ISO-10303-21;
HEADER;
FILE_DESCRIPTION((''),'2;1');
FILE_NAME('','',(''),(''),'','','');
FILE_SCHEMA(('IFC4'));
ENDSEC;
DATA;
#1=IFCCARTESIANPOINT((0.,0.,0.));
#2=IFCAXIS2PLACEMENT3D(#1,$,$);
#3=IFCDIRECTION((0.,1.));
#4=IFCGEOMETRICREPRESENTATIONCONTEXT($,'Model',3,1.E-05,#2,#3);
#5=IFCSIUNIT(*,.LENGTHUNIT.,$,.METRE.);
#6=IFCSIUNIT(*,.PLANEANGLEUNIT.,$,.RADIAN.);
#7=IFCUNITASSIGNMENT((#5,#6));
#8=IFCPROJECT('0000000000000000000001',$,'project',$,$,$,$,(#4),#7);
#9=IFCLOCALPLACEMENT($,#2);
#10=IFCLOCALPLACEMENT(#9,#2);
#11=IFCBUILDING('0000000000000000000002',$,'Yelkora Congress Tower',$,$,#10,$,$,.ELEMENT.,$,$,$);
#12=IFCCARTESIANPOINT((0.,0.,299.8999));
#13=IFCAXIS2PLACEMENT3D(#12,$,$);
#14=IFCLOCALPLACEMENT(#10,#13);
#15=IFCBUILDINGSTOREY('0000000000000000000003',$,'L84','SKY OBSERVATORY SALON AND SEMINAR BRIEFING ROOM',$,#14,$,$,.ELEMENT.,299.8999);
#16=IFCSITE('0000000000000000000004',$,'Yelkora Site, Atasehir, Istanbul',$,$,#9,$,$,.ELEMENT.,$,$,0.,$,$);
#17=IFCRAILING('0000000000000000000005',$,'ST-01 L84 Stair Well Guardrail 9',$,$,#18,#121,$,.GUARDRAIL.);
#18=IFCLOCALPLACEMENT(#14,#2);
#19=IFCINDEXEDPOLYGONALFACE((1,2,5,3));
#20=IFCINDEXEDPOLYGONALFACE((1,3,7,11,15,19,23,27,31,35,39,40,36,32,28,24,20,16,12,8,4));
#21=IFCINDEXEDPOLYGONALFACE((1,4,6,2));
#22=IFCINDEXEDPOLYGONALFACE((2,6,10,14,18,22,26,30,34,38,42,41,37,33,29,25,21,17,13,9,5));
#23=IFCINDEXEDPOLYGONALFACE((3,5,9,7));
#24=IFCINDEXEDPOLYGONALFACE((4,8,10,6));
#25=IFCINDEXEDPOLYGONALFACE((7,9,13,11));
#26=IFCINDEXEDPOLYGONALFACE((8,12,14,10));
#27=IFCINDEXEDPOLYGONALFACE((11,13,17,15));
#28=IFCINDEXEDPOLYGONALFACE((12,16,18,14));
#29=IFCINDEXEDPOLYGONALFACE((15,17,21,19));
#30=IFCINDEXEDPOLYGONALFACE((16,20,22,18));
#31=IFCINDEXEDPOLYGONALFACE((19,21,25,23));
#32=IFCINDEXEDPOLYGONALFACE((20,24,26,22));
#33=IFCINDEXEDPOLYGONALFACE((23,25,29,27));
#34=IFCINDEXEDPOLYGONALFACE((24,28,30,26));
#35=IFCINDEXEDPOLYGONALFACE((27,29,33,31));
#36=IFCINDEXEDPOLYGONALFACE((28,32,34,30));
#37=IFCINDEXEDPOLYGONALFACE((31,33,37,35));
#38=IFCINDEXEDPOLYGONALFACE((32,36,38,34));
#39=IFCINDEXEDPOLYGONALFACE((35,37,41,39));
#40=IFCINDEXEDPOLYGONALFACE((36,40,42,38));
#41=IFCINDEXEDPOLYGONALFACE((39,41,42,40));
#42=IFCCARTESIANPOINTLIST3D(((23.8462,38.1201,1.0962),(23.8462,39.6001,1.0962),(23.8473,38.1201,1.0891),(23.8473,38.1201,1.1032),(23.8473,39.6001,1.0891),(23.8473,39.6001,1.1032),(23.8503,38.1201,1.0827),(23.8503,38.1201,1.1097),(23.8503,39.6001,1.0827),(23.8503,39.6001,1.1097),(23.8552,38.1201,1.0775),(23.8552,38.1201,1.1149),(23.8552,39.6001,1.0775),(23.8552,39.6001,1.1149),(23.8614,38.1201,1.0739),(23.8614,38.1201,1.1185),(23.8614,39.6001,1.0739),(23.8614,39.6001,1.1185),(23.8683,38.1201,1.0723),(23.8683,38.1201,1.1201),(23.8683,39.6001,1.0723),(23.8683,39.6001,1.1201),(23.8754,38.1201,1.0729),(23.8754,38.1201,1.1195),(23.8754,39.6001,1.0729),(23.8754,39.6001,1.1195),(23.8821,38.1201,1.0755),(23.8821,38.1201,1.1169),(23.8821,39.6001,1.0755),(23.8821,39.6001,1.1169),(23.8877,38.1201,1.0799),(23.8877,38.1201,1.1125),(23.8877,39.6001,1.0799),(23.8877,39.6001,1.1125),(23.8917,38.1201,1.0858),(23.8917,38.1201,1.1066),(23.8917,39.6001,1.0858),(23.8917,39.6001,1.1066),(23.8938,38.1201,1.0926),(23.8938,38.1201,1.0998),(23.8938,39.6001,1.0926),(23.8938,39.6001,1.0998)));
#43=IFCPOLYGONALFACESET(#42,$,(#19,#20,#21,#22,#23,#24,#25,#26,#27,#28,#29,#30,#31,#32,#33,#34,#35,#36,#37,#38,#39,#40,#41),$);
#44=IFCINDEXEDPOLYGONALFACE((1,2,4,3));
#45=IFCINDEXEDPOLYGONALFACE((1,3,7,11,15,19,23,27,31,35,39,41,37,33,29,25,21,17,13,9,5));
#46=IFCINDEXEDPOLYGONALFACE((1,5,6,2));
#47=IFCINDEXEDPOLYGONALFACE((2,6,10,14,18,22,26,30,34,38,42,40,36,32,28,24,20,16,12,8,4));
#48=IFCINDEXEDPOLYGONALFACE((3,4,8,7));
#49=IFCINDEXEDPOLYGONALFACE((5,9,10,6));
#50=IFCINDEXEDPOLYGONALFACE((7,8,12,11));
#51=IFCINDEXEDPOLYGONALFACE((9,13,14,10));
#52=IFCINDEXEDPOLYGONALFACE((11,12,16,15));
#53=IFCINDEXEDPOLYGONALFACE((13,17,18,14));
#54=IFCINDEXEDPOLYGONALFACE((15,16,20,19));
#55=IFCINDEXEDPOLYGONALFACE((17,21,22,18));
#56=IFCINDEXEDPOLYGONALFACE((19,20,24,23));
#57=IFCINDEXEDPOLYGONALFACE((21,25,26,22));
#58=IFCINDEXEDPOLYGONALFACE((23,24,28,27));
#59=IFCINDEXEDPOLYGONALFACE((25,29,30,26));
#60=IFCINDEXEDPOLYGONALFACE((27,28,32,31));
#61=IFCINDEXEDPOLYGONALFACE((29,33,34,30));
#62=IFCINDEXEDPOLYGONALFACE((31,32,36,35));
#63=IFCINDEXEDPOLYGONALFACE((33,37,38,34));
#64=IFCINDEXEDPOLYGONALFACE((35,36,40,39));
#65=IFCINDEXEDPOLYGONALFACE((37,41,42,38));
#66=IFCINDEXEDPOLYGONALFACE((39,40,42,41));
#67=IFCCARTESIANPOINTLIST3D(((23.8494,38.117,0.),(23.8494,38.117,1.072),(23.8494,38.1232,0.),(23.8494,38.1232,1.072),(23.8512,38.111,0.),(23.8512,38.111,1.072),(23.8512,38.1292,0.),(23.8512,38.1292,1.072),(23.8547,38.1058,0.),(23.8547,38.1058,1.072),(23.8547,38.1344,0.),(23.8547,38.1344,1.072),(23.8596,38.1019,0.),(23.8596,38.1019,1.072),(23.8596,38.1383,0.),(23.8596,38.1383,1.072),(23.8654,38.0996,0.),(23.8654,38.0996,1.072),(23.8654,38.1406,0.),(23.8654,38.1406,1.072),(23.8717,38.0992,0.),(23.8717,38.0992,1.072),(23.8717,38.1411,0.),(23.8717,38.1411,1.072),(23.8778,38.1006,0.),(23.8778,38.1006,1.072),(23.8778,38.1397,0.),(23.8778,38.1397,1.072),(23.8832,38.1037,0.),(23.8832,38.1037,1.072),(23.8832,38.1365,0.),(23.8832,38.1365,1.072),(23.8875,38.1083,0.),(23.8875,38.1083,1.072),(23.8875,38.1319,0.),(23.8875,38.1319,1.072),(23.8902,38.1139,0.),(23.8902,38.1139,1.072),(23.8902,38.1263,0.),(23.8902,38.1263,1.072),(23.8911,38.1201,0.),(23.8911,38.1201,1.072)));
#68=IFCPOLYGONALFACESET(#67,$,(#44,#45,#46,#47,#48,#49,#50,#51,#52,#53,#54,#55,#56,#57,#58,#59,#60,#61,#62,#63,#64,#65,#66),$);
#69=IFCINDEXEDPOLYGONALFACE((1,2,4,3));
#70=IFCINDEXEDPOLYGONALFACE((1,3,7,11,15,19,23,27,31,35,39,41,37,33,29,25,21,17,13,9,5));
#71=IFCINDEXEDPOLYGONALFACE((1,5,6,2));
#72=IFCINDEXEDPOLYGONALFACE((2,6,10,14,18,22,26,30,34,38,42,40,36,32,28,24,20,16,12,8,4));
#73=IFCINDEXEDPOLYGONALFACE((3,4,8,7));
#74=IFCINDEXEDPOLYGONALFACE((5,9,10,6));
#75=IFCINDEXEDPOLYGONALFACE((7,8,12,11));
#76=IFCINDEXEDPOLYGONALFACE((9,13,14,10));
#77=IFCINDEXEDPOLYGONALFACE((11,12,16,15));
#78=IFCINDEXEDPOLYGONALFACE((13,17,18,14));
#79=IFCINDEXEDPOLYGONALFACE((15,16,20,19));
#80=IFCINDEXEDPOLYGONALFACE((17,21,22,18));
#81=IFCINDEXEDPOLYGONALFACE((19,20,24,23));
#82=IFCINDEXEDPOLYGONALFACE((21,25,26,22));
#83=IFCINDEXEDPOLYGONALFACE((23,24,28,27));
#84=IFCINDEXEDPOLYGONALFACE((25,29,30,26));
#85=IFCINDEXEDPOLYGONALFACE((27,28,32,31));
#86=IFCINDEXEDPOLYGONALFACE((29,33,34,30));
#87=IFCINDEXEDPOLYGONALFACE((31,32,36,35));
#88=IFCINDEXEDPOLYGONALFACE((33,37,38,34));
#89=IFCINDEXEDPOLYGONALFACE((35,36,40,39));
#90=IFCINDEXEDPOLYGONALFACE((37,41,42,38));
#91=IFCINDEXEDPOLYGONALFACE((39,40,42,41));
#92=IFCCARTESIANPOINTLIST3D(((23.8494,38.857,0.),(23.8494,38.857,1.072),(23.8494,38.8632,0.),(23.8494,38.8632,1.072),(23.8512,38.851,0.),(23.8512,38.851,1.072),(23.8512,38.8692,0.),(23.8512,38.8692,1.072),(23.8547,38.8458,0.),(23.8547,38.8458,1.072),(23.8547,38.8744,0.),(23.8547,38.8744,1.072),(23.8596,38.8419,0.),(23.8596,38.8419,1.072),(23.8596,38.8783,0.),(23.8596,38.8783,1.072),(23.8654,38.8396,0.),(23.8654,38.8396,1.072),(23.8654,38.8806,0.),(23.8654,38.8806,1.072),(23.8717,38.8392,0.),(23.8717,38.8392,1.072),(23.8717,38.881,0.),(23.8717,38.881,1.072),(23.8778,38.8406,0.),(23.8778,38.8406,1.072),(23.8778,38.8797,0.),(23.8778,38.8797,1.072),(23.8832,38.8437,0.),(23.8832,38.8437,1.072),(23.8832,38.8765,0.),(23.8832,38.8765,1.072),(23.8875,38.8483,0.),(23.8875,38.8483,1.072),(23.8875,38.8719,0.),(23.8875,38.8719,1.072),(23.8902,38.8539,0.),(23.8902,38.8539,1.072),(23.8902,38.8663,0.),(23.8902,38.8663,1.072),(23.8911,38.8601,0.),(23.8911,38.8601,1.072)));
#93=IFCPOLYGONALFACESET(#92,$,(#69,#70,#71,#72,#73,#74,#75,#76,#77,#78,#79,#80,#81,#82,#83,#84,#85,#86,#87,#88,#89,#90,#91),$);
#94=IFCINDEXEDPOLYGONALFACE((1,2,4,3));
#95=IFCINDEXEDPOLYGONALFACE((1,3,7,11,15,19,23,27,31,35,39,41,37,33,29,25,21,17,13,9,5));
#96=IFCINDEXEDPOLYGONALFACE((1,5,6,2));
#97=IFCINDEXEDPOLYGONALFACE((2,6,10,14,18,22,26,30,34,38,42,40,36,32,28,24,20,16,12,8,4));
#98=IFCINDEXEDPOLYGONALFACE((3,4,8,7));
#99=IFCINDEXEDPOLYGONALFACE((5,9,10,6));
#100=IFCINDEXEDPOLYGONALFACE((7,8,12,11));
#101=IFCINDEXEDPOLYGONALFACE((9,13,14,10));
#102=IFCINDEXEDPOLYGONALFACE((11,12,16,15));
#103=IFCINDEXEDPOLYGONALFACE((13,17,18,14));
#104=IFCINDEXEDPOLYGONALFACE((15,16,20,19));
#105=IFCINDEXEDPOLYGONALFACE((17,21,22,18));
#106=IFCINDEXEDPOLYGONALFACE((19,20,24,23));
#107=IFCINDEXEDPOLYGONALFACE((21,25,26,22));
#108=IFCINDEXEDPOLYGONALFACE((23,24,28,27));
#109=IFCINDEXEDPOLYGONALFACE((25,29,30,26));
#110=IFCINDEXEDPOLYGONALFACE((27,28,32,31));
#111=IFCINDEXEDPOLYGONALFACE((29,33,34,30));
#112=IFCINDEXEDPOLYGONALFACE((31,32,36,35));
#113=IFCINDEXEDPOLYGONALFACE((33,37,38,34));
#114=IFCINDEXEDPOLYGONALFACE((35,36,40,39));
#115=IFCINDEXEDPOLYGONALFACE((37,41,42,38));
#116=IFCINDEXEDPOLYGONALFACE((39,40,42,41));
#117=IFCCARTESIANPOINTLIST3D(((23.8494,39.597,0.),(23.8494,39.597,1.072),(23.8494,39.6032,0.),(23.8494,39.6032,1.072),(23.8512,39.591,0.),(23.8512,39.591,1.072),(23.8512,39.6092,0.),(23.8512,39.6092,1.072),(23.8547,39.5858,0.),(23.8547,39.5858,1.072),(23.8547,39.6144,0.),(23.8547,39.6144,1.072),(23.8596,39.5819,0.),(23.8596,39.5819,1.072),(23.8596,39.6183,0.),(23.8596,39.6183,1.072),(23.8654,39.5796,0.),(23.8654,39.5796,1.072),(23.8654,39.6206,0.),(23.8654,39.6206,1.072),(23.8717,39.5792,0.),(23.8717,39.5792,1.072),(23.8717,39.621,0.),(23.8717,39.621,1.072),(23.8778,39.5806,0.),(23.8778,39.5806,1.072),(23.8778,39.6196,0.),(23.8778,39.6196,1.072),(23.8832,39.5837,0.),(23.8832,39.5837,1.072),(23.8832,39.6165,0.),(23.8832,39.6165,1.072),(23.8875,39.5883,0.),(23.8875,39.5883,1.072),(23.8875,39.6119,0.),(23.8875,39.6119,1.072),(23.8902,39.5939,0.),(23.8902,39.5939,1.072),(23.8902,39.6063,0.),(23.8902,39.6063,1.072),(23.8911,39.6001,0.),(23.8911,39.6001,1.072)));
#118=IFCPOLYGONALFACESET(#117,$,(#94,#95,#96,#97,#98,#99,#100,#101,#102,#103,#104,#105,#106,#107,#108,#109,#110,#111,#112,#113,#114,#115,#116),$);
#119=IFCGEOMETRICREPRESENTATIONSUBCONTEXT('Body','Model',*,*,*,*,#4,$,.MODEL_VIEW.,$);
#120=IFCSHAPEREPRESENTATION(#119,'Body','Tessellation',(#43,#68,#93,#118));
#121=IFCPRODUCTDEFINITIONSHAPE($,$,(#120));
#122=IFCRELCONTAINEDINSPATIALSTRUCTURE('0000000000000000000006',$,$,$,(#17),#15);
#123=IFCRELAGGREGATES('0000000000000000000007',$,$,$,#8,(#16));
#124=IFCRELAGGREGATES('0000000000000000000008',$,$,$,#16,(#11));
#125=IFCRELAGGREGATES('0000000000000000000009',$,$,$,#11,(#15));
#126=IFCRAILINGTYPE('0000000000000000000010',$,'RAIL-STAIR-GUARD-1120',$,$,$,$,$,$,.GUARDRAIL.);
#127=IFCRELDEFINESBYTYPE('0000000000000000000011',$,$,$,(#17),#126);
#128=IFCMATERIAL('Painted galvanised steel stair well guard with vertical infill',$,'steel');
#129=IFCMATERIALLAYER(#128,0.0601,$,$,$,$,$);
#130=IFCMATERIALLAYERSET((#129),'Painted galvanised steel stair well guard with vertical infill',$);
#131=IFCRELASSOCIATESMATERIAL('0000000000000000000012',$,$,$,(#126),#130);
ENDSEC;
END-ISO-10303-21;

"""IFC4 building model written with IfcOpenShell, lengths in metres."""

from ifc_helpers import new_model, si_unit, direction, frame, origin, origin_2d, place, context, subcontext, project, spatial, circle, extrude, material, layer, layer_set, type_object, element, save


model = new_model("IFC4")

# Units and contexts
model_context = context("Model", 3, precision=1e-05, world=origin(), true_north=direction((0.0, 1.0)))
body_context = subcontext(model_context, "Body", "Model", "MODEL_VIEW")
ifc_project = project(units=[si_unit("LENGTHUNIT", "METRE"), si_unit("PLANEANGLEUNIT", "RADIAN")], contexts=[model_context])

# Site, building, storey
site_placement = place(None, origin())
site = spatial("IfcSite", under=ifc_project, at=site_placement, Name="Yelkora Site, Atasehir, Istanbul", CompositionType="ELEMENT", RefElevation=0.0)
building_placement = place(site_placement, origin())
building = spatial("IfcBuilding", under=site, at=building_placement, Name="Yelkora Congress Tower", CompositionType="ELEMENT")
storey_placement = place(building_placement, frame((0.0, 0.0, 299.8999)))
storey = spatial("IfcBuildingStorey", under=building, at=storey_placement, Name="L84", Description="SKY OBSERVATORY SALON AND SEMINAR BRIEFING ROOM", CompositionType="ELEMENT", Elevation=299.8999)

# Railing
ifc_material_1 = material(Name="Painted galvanised steel stair well guard with vertical infill", Category="steel")
ifc_layer_1 = layer(ifc_material_1, 0.0601)
ifc_layer_set_1 = layer_set([ifc_layer_1], Name="Painted galvanised steel stair well guard with vertical infill")
railing_type_1 = type_object("IfcRailingType", Name="RAIL-STAIR-GUARD-1120", PredefinedType="GUARDRAIL", material=ifc_layer_set_1)
for number, where, name in (
    (1, (23.8701, 38.1201, 0.0), "ST-01 L84 Stair Well Guardrail 9"),
):
    element("IfcRailing", number, at=place(storey_placement, frame(where)), inside=storey, type_object=railing_type_1, Name=name, PredefinedType="GUARDRAIL", context=body_context, shape_type="SweptSolid", body=[
        extrude(circle(Radius=0.0239, at=origin_2d()), frame((0.0, 0.0, 1.0962), z_axis=(0.0, 1.0, 0.0), x_axis=(-1.0, 0.0, 0.0)), (0.0, 0.0, 1.0), 1.48),
        extrude(circle(Radius=0.021, at=origin_2d()), origin(), (0.0, 0.0, 1.0), 1.072),
        extrude(circle(Radius=0.021, at=origin_2d()), frame((0.0, 0.74, 0.0)), (0.0, 0.0, 1.0), 1.072),
        extrude(circle(Radius=0.021, at=origin_2d()), frame((0.0, 1.48, 0.0)), (0.0, 0.0, 1.0), 1.072),
    ])

save(model, "model.ifc")
